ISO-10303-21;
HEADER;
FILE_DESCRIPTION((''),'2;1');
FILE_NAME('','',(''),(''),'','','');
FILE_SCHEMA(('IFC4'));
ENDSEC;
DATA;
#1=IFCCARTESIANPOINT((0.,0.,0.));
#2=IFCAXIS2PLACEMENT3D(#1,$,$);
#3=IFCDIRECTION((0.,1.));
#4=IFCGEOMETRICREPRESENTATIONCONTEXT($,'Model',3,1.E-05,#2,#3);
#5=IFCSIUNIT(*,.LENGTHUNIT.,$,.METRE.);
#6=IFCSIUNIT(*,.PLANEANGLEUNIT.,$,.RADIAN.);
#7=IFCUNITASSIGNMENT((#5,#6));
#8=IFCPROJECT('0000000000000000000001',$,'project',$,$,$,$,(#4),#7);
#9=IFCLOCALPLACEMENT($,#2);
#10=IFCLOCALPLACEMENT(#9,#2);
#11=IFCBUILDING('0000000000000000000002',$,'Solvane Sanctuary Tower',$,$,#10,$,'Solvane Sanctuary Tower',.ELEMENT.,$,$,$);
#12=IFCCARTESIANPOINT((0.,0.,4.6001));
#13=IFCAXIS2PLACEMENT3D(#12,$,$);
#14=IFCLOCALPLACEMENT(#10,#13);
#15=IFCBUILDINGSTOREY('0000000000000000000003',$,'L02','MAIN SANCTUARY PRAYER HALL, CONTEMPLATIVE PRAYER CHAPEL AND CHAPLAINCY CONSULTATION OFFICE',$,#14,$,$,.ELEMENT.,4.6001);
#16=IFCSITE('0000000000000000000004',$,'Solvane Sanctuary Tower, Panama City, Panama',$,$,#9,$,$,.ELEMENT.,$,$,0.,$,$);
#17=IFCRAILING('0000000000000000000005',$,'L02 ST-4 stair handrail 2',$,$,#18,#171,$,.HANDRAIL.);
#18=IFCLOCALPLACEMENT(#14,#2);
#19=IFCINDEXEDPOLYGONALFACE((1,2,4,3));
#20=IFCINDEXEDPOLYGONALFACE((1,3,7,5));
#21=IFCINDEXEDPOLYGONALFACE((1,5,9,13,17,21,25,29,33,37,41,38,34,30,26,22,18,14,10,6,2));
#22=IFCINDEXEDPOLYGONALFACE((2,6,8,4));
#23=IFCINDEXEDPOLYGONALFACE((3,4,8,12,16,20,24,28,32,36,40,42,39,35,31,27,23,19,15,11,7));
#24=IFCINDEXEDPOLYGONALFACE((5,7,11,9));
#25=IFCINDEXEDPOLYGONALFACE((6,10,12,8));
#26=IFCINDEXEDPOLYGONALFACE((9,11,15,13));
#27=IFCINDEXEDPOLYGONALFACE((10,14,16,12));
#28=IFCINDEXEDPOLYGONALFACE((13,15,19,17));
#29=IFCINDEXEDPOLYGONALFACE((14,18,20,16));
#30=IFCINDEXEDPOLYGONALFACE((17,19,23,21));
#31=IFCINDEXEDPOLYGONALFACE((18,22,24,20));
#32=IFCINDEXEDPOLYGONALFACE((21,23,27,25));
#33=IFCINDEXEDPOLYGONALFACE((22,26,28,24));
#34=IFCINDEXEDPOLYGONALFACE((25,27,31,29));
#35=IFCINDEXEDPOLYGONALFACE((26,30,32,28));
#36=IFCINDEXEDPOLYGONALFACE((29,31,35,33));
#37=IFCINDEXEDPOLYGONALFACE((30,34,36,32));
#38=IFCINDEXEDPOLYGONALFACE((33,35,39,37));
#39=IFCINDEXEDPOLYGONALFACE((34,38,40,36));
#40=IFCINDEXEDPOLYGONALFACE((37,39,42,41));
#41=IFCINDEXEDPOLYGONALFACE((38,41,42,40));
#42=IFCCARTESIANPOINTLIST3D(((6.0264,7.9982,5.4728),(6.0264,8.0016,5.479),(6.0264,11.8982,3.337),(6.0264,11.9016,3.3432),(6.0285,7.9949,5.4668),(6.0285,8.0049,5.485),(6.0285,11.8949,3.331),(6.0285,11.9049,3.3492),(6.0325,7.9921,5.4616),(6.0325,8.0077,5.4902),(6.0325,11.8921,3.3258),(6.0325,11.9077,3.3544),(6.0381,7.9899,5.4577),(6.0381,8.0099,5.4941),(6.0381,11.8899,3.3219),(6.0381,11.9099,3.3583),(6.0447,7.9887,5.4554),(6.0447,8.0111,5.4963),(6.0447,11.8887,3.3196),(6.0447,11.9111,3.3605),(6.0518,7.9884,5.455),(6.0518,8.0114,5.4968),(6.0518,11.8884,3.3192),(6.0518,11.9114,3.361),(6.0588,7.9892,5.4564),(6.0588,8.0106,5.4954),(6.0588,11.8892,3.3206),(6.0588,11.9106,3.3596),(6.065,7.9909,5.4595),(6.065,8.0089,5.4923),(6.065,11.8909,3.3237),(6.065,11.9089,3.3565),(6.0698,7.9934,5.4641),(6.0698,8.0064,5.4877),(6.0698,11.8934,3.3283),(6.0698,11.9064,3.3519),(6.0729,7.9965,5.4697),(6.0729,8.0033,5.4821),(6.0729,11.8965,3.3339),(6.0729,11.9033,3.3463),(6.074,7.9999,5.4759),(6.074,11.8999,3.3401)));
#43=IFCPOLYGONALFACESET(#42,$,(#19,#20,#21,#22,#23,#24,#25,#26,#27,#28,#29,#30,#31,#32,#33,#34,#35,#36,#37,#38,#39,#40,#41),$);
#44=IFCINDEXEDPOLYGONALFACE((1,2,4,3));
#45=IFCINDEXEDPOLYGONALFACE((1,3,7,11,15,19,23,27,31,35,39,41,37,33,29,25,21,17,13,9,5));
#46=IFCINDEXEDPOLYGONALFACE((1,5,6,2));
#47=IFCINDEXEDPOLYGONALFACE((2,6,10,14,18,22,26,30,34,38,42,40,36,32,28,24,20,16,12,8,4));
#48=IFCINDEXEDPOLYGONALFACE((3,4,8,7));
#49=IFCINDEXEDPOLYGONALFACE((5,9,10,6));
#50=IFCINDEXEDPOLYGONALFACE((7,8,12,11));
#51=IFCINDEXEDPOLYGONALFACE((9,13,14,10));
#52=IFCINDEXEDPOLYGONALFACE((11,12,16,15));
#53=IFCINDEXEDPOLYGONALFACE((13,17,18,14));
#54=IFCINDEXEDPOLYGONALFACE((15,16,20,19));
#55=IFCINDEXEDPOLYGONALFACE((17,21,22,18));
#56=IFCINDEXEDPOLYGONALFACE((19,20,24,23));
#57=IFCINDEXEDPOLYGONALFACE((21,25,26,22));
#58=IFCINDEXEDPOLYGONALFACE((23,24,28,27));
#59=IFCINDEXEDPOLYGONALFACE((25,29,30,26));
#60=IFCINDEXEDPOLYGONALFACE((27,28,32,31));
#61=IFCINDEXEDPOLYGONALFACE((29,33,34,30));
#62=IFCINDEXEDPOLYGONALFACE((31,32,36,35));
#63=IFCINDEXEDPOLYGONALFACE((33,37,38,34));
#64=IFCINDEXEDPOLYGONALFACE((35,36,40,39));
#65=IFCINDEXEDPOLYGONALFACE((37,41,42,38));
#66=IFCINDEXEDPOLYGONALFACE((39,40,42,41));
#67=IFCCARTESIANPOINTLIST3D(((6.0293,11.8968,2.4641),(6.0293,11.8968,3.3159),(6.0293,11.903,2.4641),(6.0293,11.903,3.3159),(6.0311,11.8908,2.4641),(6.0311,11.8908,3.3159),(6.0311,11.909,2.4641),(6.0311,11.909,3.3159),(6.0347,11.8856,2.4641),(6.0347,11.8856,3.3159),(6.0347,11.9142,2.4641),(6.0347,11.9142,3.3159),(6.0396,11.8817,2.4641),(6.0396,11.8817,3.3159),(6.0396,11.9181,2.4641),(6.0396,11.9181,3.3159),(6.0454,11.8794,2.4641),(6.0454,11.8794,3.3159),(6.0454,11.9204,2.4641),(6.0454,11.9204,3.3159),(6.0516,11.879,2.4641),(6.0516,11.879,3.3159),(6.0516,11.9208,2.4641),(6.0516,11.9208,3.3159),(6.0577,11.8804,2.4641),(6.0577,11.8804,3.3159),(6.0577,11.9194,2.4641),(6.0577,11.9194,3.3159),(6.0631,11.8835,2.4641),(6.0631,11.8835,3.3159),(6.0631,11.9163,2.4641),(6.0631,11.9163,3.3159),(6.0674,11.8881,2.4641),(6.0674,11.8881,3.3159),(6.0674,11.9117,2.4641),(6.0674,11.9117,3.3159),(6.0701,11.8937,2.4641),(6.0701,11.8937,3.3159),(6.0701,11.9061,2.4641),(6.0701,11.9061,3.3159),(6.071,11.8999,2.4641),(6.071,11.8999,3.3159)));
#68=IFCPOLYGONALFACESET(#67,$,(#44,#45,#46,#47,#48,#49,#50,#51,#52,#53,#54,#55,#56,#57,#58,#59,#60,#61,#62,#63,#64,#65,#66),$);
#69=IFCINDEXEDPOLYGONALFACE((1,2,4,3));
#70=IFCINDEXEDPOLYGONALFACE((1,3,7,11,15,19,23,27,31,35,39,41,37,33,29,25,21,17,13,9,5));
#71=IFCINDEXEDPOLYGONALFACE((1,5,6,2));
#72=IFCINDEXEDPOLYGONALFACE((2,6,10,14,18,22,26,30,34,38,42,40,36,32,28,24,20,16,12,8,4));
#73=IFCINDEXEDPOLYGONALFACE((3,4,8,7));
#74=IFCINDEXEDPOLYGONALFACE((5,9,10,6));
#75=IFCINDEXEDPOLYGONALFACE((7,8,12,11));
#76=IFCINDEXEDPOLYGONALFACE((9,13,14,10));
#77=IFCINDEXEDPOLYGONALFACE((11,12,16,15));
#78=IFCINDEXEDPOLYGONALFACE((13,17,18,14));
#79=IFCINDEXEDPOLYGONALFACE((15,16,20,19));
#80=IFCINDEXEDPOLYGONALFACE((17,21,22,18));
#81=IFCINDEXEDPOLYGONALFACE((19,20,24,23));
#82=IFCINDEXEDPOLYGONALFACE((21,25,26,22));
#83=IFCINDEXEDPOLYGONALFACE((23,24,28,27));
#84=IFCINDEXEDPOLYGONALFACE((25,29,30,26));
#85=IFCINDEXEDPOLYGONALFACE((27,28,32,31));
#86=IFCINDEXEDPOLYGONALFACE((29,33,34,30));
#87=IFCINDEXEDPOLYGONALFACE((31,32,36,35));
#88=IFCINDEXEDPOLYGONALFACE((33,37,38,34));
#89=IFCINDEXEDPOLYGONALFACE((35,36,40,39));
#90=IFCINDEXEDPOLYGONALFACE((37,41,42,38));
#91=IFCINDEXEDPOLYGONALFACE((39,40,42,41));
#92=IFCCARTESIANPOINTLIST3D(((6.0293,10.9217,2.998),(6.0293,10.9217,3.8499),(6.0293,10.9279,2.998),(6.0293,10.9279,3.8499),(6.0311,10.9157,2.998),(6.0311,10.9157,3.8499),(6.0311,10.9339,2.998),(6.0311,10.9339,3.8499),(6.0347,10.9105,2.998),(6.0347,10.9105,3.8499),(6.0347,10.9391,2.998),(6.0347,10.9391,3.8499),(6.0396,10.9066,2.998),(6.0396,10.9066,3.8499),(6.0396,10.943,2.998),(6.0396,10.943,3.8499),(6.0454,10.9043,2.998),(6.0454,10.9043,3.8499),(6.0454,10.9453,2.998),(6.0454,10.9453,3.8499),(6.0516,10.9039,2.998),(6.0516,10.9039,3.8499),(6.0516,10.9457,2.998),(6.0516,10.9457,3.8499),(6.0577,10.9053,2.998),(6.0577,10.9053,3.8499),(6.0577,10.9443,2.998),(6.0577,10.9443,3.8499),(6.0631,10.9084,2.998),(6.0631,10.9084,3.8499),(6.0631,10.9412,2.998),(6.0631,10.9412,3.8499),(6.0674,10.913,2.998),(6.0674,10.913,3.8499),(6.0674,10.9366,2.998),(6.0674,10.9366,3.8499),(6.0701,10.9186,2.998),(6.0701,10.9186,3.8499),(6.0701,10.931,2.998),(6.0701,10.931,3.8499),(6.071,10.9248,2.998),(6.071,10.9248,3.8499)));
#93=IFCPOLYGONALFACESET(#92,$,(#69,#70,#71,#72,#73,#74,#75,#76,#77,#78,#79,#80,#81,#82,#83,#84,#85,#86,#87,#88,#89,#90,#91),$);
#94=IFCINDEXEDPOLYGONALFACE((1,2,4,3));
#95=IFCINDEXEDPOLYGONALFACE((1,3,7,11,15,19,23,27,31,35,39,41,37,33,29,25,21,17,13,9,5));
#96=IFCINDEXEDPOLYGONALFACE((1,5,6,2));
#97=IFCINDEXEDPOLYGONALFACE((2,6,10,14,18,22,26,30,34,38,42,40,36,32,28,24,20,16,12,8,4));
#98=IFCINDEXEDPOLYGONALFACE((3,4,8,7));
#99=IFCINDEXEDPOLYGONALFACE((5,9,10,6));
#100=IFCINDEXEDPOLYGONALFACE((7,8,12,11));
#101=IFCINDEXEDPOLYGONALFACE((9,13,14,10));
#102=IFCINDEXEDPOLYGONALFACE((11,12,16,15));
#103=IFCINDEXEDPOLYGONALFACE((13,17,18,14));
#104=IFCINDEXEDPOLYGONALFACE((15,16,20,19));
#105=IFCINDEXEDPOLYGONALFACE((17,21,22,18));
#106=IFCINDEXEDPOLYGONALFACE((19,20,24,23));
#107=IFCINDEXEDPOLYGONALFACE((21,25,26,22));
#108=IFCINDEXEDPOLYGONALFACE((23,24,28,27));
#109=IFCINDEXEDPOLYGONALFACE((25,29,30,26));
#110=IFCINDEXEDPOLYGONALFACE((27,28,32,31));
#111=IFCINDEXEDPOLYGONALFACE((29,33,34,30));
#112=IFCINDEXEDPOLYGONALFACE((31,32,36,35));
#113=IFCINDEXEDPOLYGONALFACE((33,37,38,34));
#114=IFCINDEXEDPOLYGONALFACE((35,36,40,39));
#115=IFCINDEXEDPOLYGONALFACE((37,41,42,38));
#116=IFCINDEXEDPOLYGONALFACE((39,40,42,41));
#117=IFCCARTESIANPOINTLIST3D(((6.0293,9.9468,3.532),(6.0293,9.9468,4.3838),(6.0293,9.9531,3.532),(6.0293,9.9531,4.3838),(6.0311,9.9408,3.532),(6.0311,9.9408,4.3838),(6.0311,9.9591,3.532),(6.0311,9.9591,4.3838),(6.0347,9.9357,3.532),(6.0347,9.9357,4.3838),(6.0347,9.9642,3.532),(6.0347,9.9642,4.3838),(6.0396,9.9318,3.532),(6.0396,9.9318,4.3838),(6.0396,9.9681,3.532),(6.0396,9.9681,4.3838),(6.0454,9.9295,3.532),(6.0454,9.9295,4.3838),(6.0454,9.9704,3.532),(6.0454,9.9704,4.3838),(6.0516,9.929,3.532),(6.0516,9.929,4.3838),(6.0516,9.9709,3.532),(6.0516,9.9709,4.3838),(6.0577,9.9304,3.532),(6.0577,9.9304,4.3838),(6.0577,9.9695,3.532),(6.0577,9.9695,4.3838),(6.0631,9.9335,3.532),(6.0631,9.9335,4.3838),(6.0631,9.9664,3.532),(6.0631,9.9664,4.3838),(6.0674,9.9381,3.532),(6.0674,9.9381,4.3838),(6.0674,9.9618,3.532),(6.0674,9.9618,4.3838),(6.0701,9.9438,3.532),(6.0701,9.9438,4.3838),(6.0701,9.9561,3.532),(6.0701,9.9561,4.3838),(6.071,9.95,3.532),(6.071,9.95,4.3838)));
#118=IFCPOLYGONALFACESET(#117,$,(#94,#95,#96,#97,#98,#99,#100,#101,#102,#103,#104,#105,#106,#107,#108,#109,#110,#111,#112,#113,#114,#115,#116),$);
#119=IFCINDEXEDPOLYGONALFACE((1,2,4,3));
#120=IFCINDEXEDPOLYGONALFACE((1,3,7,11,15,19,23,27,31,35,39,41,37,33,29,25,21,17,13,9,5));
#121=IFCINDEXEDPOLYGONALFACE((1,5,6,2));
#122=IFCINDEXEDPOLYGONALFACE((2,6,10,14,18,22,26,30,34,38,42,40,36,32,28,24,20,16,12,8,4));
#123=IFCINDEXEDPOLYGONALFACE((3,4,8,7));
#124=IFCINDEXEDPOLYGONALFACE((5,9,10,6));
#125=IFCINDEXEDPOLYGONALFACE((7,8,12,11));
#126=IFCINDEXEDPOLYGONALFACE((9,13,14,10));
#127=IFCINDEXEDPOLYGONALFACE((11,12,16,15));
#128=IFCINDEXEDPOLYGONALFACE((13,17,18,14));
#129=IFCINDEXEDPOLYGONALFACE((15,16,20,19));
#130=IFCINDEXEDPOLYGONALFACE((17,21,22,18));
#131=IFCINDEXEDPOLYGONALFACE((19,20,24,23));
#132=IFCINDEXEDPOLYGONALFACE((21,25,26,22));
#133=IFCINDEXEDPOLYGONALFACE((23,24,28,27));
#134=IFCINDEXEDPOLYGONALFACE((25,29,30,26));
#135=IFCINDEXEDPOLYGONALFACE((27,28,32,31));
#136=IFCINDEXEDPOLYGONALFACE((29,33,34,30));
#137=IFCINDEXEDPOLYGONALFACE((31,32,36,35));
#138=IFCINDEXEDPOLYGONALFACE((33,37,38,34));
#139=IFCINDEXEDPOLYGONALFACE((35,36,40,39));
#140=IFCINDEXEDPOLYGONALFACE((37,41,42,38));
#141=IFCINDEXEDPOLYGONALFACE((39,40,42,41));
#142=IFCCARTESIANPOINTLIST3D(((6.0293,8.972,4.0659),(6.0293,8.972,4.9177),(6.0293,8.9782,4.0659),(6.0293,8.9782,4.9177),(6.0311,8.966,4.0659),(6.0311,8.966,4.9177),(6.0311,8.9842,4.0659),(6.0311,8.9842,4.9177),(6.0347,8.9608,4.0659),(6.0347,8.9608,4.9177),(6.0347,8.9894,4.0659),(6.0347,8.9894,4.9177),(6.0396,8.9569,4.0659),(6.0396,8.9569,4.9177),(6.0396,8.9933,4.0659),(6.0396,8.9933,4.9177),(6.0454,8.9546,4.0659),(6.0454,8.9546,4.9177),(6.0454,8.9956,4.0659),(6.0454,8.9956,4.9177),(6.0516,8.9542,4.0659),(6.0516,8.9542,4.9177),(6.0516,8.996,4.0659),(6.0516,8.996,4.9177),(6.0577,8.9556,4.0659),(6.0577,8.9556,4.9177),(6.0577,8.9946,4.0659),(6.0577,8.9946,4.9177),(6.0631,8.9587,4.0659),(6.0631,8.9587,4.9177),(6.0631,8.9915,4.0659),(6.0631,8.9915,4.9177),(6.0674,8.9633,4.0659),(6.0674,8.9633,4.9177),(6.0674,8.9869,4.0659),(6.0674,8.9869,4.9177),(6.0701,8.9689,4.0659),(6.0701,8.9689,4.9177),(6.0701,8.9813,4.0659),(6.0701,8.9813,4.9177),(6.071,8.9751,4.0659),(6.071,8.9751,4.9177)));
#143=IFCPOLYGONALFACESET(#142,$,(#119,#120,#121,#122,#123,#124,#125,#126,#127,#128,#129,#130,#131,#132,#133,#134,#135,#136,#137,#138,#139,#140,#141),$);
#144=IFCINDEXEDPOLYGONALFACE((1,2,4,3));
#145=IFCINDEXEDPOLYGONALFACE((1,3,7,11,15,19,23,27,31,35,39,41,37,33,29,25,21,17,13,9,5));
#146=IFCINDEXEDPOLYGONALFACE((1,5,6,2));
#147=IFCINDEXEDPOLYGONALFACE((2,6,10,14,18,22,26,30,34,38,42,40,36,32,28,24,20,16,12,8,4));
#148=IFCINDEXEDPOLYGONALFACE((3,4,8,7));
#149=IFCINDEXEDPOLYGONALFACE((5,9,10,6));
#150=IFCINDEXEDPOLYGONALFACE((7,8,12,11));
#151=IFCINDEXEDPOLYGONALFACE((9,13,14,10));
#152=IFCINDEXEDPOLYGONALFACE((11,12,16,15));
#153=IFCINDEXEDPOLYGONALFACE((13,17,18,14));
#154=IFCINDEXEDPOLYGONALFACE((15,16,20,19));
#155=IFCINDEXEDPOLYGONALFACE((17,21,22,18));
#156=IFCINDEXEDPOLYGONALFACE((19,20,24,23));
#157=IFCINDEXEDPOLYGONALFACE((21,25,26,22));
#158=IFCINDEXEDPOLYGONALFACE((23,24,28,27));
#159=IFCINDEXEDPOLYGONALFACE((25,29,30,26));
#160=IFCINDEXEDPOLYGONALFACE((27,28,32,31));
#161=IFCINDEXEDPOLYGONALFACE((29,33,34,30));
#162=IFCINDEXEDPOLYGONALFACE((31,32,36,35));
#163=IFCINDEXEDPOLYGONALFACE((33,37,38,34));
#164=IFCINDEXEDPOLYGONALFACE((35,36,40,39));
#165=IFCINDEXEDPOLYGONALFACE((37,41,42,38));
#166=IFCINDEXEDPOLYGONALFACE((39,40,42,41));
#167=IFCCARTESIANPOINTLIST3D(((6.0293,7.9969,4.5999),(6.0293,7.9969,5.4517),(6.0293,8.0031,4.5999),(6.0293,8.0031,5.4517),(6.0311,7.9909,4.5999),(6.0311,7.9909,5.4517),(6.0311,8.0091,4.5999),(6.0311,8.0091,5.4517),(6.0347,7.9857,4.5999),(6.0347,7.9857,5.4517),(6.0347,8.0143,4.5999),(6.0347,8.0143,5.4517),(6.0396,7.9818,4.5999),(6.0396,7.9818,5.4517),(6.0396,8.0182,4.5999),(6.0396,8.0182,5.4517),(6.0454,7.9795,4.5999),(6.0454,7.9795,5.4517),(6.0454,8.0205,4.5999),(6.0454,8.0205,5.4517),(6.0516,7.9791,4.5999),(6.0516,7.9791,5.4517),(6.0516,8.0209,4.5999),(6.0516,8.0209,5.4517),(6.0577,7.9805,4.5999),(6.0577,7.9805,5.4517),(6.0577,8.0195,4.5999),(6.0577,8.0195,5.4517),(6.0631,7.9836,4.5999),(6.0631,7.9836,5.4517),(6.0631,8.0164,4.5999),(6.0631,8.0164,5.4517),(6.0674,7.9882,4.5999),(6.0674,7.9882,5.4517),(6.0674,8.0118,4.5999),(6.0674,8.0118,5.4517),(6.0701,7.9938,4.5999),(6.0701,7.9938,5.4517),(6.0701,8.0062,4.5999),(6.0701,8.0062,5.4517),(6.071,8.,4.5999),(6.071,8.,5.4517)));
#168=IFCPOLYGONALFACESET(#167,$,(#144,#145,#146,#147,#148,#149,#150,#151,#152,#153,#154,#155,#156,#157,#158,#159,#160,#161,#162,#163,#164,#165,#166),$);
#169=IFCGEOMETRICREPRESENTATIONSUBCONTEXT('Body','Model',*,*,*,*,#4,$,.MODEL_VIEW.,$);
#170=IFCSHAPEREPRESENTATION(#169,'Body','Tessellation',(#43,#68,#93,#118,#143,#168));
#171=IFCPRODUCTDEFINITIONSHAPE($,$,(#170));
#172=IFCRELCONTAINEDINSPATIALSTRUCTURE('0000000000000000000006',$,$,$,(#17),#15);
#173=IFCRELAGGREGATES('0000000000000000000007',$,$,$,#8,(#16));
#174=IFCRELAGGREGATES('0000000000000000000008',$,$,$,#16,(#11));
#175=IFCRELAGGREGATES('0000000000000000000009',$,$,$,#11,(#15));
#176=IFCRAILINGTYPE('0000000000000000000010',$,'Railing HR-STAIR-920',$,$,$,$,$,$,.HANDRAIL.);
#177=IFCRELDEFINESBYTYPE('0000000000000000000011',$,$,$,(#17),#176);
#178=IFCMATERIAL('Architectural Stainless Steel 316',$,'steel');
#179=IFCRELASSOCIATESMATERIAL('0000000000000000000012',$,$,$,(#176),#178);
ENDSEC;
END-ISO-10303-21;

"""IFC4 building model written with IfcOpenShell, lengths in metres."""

from ifc_helpers import new_model, si_unit, direction, frame, origin, origin_2d, place, context, subcontext, project, spatial, circle, extrude, material, type_object, element, save


model = new_model("IFC4")

# Units and contexts
model_context = context("Model", 3, precision=1e-05, world=origin(), true_north=direction((0.0, 1.0)))
body_context = subcontext(model_context, "Body", "Model", "MODEL_VIEW")
ifc_project = project(units=[si_unit("LENGTHUNIT", "METRE"), si_unit("PLANEANGLEUNIT", "RADIAN")], contexts=[model_context])

# Site, building, storey
site_placement = place(None, origin())
site = spatial("IfcSite", under=ifc_project, at=site_placement, Name="Solvane Sanctuary Tower, Panama City, Panama", CompositionType="ELEMENT", RefElevation=0.0)
building_placement = place(site_placement, origin())
building = spatial("IfcBuilding", under=site, at=building_placement, Name="Solvane Sanctuary Tower", LongName="Solvane Sanctuary Tower", CompositionType="ELEMENT")
storey_placement = place(building_placement, frame((0.0, 0.0, 4.6001)))
storey = spatial("IfcBuildingStorey", under=building, at=storey_placement, Name="L02", Description="MAIN SANCTUARY PRAYER HALL, CONTEMPLATIVE PRAYER CHAPEL AND CHAPLAINCY CONSULTATION OFFICE", CompositionType="ELEMENT", Elevation=4.6001)

# Shared definitions
ifc_material_1 = material(Name="Architectural Stainless Steel 316", Category="steel")

# Railing
railing_type_1 = type_object("IfcRailingType", Name="Railing HR-STAIR-920", PredefinedType="HANDRAIL", material=ifc_material_1)
railing_1_placement = place(storey_placement, frame((6.05, 11.8999, 2.4641)))
element("IfcRailing", 1, at=railing_1_placement, inside=storey, type_object=railing_type_1, Name="L02 ST-4 stair handrail 2", PredefinedType="HANDRAIL", context=body_context, shape_type="SweptSolid", body=[
    extrude(circle(Radius=0.0239, at=origin_2d()), frame((0.0, 0.0, 0.876), z_axis=(0.0, -0.877089, 0.480329), x_axis=(1.0, 0.0, 0.0)), (0.0, 0.0, 1.0), 4.4465),
    extrude(circle(Radius=0.021, at=origin_2d()), origin(), (0.0, 0.0, 1.0), 0.8518),
    extrude(circle(Radius=0.021, at=origin_2d()), frame((0.0, -0.9751, 0.5339)), (0.0, 0.0, 1.0), 0.8518),
    extrude(circle(Radius=0.021, at=origin_2d()), frame((0.0, -1.95, 1.0679)), (0.0, 0.0, 1.0), 0.8518),
    extrude(circle(Radius=0.021, at=origin_2d()), frame((0.0, -2.9248, 1.6018)), (0.0, 0.0, 1.0), 0.8518),
    extrude(circle(Radius=0.021, at=origin_2d()), frame((0.0, -3.8999, 2.1357)), (0.0, 0.0, 1.0), 0.8518),
])

save(model, "model.ifc")
